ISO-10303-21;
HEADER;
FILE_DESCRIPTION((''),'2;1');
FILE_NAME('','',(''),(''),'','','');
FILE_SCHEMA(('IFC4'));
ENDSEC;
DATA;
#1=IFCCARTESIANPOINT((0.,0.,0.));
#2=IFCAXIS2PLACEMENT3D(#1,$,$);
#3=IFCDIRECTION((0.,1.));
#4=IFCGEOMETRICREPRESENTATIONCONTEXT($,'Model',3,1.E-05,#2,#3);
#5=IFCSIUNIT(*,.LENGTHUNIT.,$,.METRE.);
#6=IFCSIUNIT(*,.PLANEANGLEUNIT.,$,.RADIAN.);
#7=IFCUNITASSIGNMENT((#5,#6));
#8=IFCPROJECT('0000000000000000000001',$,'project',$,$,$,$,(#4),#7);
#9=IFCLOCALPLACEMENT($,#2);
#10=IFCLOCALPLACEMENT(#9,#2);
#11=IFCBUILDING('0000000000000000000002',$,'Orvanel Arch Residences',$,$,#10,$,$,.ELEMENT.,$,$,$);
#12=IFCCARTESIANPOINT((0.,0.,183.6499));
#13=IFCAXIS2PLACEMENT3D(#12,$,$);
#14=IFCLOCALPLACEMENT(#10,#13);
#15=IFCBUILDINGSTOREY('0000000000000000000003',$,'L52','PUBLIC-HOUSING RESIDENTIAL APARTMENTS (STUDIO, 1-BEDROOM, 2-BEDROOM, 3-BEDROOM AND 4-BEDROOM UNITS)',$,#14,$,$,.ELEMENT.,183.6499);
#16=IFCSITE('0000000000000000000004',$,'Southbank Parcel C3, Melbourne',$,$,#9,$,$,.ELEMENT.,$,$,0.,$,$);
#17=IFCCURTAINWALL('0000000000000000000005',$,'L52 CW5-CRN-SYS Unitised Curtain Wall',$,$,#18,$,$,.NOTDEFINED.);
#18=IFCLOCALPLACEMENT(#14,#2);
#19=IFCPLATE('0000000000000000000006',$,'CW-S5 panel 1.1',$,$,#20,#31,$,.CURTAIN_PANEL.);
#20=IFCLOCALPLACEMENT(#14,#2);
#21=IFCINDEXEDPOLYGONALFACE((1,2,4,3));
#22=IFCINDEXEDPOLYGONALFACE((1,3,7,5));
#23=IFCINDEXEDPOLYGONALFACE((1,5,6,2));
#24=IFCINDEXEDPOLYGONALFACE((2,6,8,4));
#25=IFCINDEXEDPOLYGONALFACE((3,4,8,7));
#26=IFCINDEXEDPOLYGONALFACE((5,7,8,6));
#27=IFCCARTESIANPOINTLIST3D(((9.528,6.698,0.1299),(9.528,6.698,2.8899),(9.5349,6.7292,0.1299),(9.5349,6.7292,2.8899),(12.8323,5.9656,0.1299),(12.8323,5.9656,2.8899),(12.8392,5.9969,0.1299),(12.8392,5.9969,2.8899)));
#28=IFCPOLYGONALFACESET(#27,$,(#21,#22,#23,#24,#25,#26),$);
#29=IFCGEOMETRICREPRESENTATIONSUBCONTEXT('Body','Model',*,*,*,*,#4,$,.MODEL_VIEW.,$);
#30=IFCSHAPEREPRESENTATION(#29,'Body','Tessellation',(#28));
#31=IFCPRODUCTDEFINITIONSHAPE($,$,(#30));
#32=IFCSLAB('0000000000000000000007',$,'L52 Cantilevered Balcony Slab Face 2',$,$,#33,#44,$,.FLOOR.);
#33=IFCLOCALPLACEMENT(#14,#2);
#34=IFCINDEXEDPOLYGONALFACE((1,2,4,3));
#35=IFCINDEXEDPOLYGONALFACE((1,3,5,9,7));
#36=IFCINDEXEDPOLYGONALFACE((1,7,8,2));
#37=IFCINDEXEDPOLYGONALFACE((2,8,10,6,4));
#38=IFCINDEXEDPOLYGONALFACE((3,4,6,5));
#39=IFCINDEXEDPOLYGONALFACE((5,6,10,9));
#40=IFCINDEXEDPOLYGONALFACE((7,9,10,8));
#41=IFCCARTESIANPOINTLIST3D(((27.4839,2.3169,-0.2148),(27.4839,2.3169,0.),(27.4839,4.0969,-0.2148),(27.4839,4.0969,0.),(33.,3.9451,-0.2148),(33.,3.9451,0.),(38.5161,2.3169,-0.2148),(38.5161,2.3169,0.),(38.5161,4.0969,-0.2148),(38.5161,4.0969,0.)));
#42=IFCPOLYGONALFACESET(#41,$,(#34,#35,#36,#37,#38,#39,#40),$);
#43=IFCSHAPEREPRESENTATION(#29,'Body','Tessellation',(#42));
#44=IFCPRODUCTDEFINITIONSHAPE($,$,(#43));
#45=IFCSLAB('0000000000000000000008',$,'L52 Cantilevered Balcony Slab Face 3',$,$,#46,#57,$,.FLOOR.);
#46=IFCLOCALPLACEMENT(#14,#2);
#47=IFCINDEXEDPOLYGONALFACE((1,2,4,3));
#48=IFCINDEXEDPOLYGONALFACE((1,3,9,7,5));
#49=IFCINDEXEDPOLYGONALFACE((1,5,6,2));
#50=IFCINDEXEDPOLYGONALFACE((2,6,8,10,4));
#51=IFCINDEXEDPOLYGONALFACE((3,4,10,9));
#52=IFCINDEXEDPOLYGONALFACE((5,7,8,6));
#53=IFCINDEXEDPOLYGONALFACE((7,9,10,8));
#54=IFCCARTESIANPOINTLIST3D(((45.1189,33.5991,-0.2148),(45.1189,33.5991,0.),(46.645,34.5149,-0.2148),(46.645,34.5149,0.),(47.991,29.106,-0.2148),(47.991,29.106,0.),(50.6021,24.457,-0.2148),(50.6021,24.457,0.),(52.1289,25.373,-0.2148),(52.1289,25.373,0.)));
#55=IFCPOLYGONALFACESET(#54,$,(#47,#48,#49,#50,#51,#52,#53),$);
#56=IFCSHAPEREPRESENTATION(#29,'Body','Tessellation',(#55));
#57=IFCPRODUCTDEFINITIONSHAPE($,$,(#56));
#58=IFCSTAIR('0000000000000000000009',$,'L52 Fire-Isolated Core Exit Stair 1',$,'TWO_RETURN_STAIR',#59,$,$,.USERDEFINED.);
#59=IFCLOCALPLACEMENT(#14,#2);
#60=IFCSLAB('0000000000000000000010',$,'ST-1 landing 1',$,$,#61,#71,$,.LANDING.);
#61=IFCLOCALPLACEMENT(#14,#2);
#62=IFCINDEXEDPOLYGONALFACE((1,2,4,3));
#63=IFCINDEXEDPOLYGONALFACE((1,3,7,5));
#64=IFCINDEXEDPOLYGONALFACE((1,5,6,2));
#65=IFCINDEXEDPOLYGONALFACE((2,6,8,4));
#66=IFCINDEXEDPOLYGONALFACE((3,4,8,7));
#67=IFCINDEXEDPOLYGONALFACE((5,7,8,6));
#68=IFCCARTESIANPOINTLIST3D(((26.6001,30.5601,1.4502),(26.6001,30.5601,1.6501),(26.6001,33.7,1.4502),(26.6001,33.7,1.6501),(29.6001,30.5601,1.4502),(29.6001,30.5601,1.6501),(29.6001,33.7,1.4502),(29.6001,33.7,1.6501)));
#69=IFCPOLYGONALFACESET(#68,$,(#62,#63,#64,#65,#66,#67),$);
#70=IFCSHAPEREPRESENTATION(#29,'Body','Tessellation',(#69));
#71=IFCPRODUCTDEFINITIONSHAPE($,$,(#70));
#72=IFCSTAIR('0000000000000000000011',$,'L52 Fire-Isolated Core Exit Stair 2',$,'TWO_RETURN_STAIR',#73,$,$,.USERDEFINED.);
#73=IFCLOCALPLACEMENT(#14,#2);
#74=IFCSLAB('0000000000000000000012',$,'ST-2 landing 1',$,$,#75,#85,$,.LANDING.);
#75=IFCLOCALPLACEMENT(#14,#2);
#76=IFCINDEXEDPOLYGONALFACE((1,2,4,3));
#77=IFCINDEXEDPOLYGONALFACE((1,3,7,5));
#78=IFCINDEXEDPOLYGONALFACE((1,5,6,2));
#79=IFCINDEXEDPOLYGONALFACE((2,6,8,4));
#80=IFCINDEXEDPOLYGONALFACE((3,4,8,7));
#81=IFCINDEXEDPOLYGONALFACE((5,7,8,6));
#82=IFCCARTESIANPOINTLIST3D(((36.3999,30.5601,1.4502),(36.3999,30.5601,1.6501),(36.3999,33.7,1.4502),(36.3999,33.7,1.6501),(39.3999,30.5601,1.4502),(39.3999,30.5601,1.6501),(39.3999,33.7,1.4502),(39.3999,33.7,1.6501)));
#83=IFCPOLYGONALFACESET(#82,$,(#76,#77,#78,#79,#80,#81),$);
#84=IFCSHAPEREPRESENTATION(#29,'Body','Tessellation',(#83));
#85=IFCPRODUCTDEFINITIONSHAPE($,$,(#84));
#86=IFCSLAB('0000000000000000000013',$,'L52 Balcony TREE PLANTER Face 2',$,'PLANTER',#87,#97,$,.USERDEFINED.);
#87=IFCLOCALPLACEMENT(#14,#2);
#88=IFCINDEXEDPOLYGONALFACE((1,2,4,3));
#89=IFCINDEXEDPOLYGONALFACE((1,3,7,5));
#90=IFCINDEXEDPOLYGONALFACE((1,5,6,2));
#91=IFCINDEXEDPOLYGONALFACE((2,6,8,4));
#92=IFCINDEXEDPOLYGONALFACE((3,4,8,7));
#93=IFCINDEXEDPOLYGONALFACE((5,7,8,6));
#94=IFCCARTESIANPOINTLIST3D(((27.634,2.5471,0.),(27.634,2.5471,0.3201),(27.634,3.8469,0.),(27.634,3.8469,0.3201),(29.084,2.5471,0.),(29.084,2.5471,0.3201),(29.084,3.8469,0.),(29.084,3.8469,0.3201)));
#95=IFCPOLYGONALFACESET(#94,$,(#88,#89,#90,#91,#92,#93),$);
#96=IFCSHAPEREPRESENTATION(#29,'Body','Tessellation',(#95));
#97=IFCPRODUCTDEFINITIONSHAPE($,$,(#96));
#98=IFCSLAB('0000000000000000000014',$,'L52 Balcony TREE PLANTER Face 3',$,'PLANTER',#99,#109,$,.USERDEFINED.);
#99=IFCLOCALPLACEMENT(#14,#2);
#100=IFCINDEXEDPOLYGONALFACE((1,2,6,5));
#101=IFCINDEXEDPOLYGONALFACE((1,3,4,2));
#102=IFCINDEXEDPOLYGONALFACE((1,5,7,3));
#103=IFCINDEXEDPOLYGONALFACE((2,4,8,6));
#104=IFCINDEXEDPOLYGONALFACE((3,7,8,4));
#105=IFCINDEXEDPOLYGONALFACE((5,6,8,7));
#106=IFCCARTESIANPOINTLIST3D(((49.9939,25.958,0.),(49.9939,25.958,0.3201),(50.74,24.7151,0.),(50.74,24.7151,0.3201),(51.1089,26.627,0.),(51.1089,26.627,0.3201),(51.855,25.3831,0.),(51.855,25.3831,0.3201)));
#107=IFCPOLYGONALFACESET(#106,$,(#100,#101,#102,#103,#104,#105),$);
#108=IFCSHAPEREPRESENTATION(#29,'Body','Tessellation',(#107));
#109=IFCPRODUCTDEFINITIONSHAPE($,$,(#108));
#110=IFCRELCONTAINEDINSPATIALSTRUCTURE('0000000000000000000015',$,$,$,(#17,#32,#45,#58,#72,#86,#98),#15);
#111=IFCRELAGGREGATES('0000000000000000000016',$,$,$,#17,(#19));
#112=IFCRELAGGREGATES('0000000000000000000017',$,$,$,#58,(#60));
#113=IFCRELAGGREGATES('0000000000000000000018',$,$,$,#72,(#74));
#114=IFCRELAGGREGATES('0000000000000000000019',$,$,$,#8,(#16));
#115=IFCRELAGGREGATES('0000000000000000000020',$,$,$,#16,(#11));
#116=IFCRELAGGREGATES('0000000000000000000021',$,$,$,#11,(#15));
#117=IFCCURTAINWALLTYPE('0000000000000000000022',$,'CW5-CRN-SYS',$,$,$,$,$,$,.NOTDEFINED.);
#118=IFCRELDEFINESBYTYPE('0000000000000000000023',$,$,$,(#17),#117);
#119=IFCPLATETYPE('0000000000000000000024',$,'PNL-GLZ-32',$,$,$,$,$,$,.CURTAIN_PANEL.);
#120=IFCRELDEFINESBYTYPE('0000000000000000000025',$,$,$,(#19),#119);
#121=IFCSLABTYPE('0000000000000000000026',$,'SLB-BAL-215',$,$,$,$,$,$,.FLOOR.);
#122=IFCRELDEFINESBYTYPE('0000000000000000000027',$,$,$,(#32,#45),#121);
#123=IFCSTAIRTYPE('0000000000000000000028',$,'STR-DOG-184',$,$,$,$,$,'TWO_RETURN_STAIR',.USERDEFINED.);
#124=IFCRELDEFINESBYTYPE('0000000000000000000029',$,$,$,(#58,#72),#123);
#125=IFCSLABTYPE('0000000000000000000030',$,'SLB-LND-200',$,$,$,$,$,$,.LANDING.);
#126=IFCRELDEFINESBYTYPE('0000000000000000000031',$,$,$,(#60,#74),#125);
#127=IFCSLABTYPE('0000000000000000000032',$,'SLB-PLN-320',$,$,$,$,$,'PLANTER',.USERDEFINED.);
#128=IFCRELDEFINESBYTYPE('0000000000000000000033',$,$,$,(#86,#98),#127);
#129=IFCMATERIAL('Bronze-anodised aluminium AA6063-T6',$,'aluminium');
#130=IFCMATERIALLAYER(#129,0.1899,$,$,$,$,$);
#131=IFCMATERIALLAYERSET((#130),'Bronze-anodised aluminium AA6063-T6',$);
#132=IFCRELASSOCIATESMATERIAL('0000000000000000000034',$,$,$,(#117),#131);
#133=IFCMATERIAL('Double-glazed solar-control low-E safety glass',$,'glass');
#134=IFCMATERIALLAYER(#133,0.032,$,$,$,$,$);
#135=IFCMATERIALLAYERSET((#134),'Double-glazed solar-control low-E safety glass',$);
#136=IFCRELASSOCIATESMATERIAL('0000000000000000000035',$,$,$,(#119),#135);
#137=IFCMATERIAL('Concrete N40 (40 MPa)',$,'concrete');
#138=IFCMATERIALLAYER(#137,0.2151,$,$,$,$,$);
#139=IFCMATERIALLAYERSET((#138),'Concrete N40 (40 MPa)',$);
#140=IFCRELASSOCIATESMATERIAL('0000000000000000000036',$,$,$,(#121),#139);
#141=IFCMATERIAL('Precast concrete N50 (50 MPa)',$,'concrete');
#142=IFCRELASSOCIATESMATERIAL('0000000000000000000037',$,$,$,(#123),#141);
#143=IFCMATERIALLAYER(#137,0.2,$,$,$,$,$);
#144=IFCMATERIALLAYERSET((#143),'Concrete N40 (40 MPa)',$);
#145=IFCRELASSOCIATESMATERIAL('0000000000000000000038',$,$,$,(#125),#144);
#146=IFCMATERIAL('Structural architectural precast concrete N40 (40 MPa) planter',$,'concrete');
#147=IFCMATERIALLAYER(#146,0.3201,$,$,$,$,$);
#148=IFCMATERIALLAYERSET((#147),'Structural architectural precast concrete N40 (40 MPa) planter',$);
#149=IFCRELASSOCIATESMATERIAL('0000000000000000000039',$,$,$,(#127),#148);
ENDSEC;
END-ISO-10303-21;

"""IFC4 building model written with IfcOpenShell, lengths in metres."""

from ifc_helpers import new_model, si_unit, direction, frame, origin, origin_2d, place, context, subcontext, project, spatial, polyline, rectangle, outline, extrude, material, layer, layer_set, type_object, element, aggregate, save


model = new_model("IFC4")

# Units and contexts
model_context = context("Model", 3, precision=1e-05, world=origin(), true_north=direction((0.0, 1.0)))
body_context = subcontext(model_context, "Body", "Model", "MODEL_VIEW")
ifc_project = project(units=[si_unit("LENGTHUNIT", "METRE"), si_unit("PLANEANGLEUNIT", "RADIAN")], contexts=[model_context])

# Site, building, storey
site_placement = place(None, origin())
site = spatial("IfcSite", under=ifc_project, at=site_placement, Name="Southbank Parcel C3, Melbourne", CompositionType="ELEMENT", RefElevation=0.0)
building_placement = place(site_placement, origin())
building = spatial("IfcBuilding", under=site, at=building_placement, Name="Orvanel Arch Residences", CompositionType="ELEMENT")
storey_placement = place(building_placement, frame((0.0, 0.0, 183.6499)))
storey = spatial("IfcBuildingStorey", under=building, at=storey_placement, Name="L52", Description="PUBLIC-HOUSING RESIDENTIAL APARTMENTS (STUDIO, 1-BEDROOM, 2-BEDROOM, 3-BEDROOM AND 4-BEDROOM UNITS)", CompositionType="ELEMENT", Elevation=183.6499)

# Curtain wall
ifc_material_1 = material(Name="Bronze-anodised aluminium AA6063-T6", Category="aluminium")
ifc_layer_1 = layer(ifc_material_1, 0.1899)
ifc_layer_set_1 = layer_set([ifc_layer_1], Name="Bronze-anodised aluminium AA6063-T6")
curtain_wall_type = type_object("IfcCurtainWallType", Name="CW5-CRN-SYS", PredefinedType="NOTDEFINED", material=ifc_layer_set_1)
curtain_wall_1_placement = place(storey_placement, origin())
curtain_wall_1 = element("IfcCurtainWall", 1, at=curtain_wall_1_placement, inside=storey, type_object=curtain_wall_type, Name="L52 CW5-CRN-SYS Unitised Curtain Wall", PredefinedType="NOTDEFINED")

# Plate
ifc_material_2 = material(Name="Double-glazed solar-control low-E safety glass", Category="glass")
ifc_layer_2 = layer(ifc_material_2, 0.032)
ifc_layer_set_2 = layer_set([ifc_layer_2], Name="Double-glazed solar-control low-E safety glass")
plate_type = type_object("IfcPlateType", Name="PNL-GLZ-32", PredefinedType="CURTAIN_PANEL", material=ifc_layer_set_2)
plate_1_placement = place(storey_placement, frame((11.1836, 6.3474, 0.1299), z_axis=(0.0, 0.0, 1.0), x_axis=(0.976311, -0.216373, 0.0)))
plate_1 = element("IfcPlate", 2, at=plate_1_placement, type_object=plate_type, Name="CW-S5 panel 1.1", PredefinedType="CURTAIN_PANEL", context=body_context, shape_type="SweptSolid", body=[
    extrude(rectangle(XDim=3.3845, YDim=0.032, at=origin_2d()), origin(), (0.0, 0.0, 1.0), 2.76),
])
aggregate(curtain_wall_1, [plate_1])

# Slabs
ifc_material_3 = material(Name="Concrete N40 (40 MPa)", Category="concrete")
ifc_layer_3 = layer(ifc_material_3, 0.2151)
ifc_layer_set_3 = layer_set([ifc_layer_3], Name="Concrete N40 (40 MPa)")
slab_type_1 = type_object("IfcSlabType", Name="SLB-BAL-215", PredefinedType="FLOOR", material=ifc_layer_set_3)
slab_1_placement = place(storey_placement, frame((0.0, 0.0, -0.2148)))
element("IfcSlab", 3, at=slab_1_placement, inside=storey, type_object=slab_type_1, Name="L52 Cantilevered Balcony Slab Face 2", PredefinedType="FLOOR", context=body_context, shape_type="SweptSolid", body=[
    extrude(outline(polyline([(27.4839, 2.3169), (38.5161, 2.3169), (38.5161, 4.0969), (33.0, 3.9451), (27.4839, 4.0969), (27.4839, 2.3169)])), origin(), (0.0, 0.0, 1.0), 0.2148),
])
slab_2_placement = place(storey_placement, frame((0.0, 0.0, -0.2148)))
element("IfcSlab", 4, at=slab_2_placement, inside=storey, type_object=slab_type_1, Name="L52 Cantilevered Balcony Slab Face 3", PredefinedType="FLOOR", context=body_context, shape_type="SweptSolid", body=[
    extrude(outline(polyline([(52.1289, 25.373), (46.645, 34.5149), (45.1189, 33.5991), (47.991, 29.106), (50.6021, 24.457), (52.1289, 25.373)])), origin(), (0.0, 0.0, 1.0), 0.2148),
])

# Stairs, slabs
ifc_material_4 = material(Name="Precast concrete N50 (50 MPa)", Category="concrete")
stair_type = type_object("IfcStairType", Name="STR-DOG-184", ElementType="TWO_RETURN_STAIR", PredefinedType="USERDEFINED", material=ifc_material_4)
stair_1_placement = place(storey_placement, origin())
stair_1 = element("IfcStair", 5, at=stair_1_placement, inside=storey, type_object=stair_type, Name="L52 Fire-Isolated Core Exit Stair 1", ObjectType="TWO_RETURN_STAIR", PredefinedType="USERDEFINED")
ifc_layer_4 = layer(ifc_material_3, 0.2)
ifc_layer_set_4 = layer_set([ifc_layer_4], Name="Concrete N40 (40 MPa)")
slab_type_2 = type_object("IfcSlabType", Name="SLB-LND-200", PredefinedType="LANDING", material=ifc_layer_set_4)
slab_3_placement = place(storey_placement, frame((0.0, 0.0, 1.4502)))
slab_3 = element("IfcSlab", 6, at=slab_3_placement, type_object=slab_type_2, Name="ST-1 landing 1", PredefinedType="LANDING", context=body_context, shape_type="SweptSolid", body=[
    extrude(outline(polyline([(29.6001, 30.5601), (29.6001, 33.7), (26.6001, 33.7), (26.6001, 30.5601), (29.6001, 30.5601)])), origin(), (0.0, 0.0, 1.0), 0.2),
])
aggregate(stair_1, [slab_3])
stair_2_placement = place(storey_placement, origin())
stair_2 = element("IfcStair", 7, at=stair_2_placement, inside=storey, type_object=stair_type, Name="L52 Fire-Isolated Core Exit Stair 2", ObjectType="TWO_RETURN_STAIR", PredefinedType="USERDEFINED")
slab_4_placement = place(storey_placement, frame((0.0, 0.0, 1.4502)))
slab_4 = element("IfcSlab", 8, at=slab_4_placement, type_object=slab_type_2, Name="ST-2 landing 1", PredefinedType="LANDING", context=body_context, shape_type="SweptSolid", body=[
    extrude(outline(polyline([(39.3999, 30.5601), (39.3999, 33.7), (36.3999, 33.7), (36.3999, 30.5601), (39.3999, 30.5601)])), origin(), (0.0, 0.0, 1.0), 0.2),
])
aggregate(stair_2, [slab_4])

# Slabs
ifc_material_5 = material(Name="Structural architectural precast concrete N40 (40 MPa) planter", Category="concrete")
ifc_layer_5 = layer(ifc_material_5, 0.3201)
ifc_layer_set_5 = layer_set([ifc_layer_5], Name="Structural architectural precast concrete N40 (40 MPa) planter")
slab_type_3 = type_object("IfcSlabType", Name="SLB-PLN-320", ElementType="PLANTER", PredefinedType="USERDEFINED", material=ifc_layer_set_5)
slab_5_placement = place(storey_placement, origin())
element("IfcSlab", 9, at=slab_5_placement, inside=storey, type_object=slab_type_3, Name="L52 Balcony TREE PLANTER Face 2", ObjectType="PLANTER", PredefinedType="USERDEFINED", context=body_context, shape_type="SweptSolid", body=[
    extrude(outline(polyline([(27.634, 2.5471), (29.084, 2.5471), (29.084, 3.8469), (27.634, 3.8469), (27.634, 2.5471)])), origin(), (0.0, 0.0, 1.0), 0.3201),
])
slab_6_placement = place(storey_placement, origin())
element("IfcSlab", 10, at=slab_6_placement, inside=storey, type_object=slab_type_3, Name="L52 Balcony TREE PLANTER Face 3", ObjectType="PLANTER", PredefinedType="USERDEFINED", context=body_context, shape_type="SweptSolid", body=[
    extrude(outline(polyline([(51.855, 25.3831), (51.1089, 26.627), (49.9939, 25.958), (50.74, 24.7151), (51.855, 25.3831)])), origin(), (0.0, 0.0, 1.0), 0.3201),
])

save(model, "model.ifc")
